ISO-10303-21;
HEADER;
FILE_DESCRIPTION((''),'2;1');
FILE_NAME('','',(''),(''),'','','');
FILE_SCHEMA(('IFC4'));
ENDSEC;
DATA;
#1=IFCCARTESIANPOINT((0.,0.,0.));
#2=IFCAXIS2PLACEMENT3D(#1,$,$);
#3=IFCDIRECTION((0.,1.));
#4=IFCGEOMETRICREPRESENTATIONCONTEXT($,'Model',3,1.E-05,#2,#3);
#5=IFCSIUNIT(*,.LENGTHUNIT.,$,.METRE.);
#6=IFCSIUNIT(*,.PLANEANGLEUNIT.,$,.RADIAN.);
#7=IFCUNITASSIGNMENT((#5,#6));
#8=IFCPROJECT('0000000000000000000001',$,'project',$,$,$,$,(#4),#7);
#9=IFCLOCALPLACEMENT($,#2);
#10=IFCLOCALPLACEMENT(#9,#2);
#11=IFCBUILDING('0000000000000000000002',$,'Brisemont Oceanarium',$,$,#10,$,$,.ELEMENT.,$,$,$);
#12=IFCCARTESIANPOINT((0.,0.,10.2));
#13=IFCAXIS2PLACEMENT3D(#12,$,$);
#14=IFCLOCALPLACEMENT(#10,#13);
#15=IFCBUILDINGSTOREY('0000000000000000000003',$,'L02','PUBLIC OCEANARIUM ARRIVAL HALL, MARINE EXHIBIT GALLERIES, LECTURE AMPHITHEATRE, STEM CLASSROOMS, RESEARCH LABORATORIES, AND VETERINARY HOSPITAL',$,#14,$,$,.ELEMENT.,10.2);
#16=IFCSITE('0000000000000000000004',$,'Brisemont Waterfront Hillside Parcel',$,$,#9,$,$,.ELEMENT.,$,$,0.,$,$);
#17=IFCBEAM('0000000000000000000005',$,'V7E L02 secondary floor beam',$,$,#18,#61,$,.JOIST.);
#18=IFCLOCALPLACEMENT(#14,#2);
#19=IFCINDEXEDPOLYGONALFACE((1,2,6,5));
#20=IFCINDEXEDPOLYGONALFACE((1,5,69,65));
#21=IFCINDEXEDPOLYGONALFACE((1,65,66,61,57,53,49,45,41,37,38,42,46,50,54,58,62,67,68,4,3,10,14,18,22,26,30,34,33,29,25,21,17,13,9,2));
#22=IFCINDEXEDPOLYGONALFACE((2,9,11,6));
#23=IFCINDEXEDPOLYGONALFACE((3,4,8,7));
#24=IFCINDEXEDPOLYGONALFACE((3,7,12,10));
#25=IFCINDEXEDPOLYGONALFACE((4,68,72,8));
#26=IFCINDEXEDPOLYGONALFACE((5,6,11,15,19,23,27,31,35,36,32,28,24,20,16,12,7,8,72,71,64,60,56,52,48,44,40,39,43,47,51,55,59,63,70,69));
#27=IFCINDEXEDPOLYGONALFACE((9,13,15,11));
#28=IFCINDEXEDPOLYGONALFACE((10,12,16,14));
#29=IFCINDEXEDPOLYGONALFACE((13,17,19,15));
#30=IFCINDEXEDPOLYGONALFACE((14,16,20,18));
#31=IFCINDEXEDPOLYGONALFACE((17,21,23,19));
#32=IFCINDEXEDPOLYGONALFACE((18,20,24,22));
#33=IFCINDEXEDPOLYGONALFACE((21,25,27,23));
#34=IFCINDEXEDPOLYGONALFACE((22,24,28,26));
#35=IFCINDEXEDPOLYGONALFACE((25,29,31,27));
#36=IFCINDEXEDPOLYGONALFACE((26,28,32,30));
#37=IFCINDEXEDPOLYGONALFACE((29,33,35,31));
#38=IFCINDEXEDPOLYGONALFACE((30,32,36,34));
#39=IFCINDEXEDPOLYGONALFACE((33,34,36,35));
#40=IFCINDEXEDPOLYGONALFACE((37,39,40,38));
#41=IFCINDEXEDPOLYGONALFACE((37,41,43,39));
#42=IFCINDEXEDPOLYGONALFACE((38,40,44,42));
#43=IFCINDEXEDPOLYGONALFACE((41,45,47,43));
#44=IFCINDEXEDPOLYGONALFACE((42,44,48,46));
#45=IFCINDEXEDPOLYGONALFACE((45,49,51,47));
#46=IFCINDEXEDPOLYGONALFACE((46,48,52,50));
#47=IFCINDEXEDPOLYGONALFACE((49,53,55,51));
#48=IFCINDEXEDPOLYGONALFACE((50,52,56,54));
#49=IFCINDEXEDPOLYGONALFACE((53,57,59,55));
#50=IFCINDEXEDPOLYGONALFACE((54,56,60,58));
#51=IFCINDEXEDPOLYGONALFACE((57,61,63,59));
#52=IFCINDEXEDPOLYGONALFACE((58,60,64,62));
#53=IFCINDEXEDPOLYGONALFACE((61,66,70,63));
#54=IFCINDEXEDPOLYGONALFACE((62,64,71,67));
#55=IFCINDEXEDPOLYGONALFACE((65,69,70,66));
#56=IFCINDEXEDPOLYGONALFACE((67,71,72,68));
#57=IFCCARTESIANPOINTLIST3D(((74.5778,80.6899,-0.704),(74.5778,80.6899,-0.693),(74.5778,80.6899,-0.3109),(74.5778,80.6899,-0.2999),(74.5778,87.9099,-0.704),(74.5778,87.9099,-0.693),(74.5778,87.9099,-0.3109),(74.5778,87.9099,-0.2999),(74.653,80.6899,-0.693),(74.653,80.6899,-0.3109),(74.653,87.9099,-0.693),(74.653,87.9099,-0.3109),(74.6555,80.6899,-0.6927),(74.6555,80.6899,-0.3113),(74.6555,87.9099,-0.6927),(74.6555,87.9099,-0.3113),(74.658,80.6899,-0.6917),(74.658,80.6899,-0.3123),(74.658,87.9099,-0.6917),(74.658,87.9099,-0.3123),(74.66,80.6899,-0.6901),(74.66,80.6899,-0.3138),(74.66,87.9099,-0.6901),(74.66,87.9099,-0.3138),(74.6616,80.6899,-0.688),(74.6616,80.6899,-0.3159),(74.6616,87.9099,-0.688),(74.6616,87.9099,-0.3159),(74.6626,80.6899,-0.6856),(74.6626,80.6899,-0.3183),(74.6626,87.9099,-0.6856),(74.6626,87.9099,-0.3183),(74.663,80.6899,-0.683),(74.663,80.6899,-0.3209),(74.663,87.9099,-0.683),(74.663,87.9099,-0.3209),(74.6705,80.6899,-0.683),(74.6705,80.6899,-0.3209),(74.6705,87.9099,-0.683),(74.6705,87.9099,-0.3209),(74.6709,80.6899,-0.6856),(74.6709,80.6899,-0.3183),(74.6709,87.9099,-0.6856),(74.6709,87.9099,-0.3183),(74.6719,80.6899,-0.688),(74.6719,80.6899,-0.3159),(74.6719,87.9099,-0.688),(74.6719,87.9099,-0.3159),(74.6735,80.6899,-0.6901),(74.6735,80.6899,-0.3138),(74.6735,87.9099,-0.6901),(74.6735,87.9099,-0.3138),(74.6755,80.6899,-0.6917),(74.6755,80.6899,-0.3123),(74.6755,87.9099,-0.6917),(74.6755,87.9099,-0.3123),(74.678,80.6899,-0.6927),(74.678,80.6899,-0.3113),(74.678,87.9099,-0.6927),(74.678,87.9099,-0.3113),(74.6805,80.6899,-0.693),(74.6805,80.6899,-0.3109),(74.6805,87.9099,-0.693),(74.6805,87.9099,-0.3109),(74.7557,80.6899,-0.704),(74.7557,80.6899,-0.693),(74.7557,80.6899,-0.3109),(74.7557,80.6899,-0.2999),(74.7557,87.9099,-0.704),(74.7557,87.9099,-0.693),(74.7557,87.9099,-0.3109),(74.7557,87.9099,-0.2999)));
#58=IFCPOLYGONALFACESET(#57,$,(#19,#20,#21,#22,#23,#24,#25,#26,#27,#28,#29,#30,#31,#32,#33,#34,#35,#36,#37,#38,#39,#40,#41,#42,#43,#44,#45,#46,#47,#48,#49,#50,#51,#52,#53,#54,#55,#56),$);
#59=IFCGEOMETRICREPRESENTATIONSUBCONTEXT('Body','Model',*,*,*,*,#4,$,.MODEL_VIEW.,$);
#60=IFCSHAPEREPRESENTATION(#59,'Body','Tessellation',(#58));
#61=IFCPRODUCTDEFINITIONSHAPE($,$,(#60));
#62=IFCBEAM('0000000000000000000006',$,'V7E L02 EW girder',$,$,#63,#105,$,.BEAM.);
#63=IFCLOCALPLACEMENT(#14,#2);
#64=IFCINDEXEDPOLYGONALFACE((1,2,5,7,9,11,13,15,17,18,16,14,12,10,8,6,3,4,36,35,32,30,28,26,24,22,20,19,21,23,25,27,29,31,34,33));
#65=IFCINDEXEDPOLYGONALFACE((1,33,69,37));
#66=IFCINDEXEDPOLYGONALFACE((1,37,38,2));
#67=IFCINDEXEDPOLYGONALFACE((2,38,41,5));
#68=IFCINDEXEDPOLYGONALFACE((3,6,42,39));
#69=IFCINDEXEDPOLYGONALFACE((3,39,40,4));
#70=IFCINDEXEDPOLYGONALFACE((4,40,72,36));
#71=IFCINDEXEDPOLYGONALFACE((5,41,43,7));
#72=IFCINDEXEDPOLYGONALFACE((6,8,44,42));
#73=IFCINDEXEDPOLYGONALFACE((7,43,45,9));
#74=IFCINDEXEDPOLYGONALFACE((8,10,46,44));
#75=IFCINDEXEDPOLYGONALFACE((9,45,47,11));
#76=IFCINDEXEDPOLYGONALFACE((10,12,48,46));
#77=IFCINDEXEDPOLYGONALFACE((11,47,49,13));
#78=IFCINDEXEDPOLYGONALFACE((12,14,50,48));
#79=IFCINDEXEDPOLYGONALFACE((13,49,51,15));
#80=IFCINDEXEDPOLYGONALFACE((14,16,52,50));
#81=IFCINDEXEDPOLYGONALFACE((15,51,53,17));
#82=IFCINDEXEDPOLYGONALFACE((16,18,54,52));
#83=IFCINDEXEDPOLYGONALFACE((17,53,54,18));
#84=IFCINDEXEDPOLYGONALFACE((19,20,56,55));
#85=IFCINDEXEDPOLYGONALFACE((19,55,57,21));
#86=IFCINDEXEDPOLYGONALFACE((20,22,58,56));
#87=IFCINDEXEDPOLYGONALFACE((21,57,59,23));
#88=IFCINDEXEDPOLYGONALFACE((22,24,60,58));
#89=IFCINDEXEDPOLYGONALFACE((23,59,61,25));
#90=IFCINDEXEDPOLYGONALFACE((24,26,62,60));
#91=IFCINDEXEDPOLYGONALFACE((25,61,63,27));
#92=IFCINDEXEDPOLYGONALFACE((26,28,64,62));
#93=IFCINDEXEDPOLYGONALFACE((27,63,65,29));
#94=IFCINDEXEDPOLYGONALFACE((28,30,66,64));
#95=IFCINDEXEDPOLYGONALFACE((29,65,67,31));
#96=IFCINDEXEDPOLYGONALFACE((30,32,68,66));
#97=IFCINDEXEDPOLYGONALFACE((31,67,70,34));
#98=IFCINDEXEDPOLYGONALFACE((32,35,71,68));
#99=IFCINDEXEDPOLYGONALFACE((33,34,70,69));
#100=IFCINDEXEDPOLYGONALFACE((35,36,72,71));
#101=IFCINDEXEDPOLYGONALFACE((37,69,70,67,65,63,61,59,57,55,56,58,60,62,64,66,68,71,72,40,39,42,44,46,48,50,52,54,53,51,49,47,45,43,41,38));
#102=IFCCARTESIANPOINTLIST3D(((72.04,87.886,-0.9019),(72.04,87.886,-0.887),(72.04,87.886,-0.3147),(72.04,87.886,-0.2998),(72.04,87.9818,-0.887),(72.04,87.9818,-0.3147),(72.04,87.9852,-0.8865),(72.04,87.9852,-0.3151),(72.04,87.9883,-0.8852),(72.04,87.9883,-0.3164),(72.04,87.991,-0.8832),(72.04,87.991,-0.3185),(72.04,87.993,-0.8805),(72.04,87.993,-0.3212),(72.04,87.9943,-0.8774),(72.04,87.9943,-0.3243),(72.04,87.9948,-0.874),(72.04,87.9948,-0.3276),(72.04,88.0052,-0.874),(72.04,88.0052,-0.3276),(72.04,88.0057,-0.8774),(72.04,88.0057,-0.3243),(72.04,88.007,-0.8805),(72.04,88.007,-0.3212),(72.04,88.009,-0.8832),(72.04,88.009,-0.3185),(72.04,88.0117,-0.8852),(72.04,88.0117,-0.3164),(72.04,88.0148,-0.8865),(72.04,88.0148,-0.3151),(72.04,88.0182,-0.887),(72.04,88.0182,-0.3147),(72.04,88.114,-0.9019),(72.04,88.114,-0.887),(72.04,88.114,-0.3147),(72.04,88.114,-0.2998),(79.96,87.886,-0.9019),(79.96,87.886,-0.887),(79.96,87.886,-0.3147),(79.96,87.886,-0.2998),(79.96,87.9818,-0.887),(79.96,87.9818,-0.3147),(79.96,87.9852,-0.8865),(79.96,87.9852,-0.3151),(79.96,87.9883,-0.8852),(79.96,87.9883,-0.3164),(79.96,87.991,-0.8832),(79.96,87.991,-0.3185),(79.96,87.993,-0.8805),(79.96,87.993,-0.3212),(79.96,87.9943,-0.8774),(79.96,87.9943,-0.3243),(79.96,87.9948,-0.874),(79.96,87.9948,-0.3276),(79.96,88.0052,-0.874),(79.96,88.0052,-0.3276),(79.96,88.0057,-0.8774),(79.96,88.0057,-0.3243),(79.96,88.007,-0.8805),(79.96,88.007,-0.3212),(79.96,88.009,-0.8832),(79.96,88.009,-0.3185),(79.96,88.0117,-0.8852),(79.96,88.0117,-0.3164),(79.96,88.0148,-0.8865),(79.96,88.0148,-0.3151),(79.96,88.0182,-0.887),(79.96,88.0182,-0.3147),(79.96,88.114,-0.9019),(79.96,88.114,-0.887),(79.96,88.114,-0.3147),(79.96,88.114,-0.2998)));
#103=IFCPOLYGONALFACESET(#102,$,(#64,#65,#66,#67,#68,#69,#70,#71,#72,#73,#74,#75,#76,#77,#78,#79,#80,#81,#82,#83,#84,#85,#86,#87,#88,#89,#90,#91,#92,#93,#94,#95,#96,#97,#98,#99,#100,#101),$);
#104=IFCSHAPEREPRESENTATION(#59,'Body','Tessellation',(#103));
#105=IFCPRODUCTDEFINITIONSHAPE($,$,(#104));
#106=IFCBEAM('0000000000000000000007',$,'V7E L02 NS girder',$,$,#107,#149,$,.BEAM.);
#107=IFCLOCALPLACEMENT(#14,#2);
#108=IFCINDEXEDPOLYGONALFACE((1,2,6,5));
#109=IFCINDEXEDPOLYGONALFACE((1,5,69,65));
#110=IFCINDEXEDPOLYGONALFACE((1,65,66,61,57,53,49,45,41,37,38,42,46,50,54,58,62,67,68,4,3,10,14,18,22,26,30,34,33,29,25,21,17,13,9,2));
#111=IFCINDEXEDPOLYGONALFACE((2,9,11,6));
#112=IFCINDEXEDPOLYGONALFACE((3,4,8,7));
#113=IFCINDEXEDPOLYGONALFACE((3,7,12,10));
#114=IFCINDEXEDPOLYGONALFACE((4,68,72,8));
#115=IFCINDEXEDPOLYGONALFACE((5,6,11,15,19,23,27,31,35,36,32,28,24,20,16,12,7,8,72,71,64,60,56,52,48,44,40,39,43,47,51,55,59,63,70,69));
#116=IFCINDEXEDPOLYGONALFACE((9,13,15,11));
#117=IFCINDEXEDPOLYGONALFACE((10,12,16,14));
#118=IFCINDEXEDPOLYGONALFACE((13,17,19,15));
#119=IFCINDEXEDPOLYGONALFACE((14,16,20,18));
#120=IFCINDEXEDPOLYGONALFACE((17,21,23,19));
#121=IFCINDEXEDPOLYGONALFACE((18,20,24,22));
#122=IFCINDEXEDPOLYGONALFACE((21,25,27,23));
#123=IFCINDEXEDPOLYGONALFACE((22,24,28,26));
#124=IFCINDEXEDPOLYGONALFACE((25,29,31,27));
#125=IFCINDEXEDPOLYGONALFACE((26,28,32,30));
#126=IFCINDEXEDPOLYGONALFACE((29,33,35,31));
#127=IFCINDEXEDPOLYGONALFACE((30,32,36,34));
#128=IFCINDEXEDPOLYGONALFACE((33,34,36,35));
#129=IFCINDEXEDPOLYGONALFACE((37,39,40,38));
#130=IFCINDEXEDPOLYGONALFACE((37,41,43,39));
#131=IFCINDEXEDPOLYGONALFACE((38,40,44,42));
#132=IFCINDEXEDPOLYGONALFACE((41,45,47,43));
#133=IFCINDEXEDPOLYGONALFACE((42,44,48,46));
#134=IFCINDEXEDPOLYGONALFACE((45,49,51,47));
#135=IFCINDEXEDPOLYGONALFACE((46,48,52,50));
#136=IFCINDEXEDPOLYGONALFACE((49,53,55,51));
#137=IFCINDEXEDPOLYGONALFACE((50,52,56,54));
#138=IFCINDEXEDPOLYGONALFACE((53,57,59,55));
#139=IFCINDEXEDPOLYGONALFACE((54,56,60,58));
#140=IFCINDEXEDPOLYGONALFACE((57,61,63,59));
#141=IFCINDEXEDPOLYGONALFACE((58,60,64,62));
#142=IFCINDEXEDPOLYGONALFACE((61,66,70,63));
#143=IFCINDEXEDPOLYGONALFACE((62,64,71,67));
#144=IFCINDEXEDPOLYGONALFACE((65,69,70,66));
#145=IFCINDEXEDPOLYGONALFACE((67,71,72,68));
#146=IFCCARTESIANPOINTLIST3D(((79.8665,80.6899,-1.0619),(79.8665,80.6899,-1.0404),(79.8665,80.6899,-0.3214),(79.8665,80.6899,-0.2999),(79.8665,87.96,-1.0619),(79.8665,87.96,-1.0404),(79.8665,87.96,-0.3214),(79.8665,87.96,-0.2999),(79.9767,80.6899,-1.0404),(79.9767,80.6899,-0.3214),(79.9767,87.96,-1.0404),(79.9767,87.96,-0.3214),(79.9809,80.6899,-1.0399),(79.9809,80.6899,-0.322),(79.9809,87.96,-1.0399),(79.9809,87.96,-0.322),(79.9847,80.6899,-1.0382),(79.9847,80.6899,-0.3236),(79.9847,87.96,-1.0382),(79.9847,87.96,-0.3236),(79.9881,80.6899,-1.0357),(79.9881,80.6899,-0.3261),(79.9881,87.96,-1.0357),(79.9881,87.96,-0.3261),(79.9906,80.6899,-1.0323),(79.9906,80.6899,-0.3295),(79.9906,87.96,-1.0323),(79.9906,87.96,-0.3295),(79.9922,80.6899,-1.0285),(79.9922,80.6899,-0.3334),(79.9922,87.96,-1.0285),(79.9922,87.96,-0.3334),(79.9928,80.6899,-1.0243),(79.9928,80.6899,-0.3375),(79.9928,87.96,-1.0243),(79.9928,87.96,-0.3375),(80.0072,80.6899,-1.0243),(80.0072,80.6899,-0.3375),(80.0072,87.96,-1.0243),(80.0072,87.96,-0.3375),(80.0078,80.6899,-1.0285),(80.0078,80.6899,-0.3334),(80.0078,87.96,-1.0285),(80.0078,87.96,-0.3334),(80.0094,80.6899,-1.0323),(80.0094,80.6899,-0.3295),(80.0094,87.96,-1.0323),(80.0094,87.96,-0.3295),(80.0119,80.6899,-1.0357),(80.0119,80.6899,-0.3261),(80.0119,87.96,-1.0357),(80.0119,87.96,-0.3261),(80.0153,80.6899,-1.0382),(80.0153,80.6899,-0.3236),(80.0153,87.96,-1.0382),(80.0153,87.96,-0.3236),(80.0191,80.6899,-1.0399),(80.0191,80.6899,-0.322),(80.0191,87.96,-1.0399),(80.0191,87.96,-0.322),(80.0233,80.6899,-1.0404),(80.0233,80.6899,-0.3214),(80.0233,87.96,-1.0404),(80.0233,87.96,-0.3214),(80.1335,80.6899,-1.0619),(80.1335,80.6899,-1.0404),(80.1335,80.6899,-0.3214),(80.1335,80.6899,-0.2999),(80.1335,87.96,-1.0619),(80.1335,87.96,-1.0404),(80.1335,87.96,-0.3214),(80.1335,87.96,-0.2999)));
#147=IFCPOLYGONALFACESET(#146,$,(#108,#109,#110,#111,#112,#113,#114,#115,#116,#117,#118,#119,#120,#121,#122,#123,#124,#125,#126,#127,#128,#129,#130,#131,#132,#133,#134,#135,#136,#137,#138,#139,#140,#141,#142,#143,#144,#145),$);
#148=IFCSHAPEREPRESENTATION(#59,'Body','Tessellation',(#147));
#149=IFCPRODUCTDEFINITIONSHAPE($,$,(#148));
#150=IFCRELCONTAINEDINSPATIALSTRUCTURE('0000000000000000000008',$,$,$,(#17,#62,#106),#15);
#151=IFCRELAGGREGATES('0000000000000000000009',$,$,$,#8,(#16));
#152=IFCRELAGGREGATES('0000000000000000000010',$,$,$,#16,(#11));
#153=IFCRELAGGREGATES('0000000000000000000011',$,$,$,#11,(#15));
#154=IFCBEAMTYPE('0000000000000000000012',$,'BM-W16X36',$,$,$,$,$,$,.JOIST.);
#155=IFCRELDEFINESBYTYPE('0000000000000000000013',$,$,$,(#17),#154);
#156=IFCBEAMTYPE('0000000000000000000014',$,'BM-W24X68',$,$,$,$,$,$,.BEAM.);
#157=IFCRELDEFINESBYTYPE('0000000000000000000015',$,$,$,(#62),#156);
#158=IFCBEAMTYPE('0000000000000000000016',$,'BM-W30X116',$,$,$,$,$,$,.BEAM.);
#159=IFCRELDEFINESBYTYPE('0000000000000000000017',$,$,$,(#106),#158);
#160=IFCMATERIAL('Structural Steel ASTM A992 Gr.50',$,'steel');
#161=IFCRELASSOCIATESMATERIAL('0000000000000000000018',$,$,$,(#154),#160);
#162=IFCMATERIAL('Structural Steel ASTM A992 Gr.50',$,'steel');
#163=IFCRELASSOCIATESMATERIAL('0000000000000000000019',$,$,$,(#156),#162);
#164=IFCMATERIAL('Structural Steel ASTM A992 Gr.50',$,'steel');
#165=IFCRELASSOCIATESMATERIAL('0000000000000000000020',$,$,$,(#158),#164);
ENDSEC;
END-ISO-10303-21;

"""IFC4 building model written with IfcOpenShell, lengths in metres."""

from ifc_helpers import new_model, si_unit, direction, frame, origin, origin_2d, place, context, subcontext, project, spatial, i_section, extrude, material, material_profile, profile_set, type_object, element, save


model = new_model("IFC4")

# Units and contexts
model_context = context("Model", 3, precision=1e-05, world=origin(), true_north=direction((0.0, 1.0)))
body_context = subcontext(model_context, "Body", "Model", "MODEL_VIEW")
ifc_project = project(units=[si_unit("LENGTHUNIT", "METRE"), si_unit("PLANEANGLEUNIT", "RADIAN")], contexts=[model_context])

# Site, building, storey
site_placement = place(None, origin())
site = spatial("IfcSite", under=ifc_project, at=site_placement, Name="Brisemont Waterfront Hillside Parcel", CompositionType="ELEMENT", RefElevation=0.0)
building_placement = place(site_placement, origin())
building = spatial("IfcBuilding", under=site, at=building_placement, Name="Brisemont Oceanarium", CompositionType="ELEMENT")
storey_placement = place(building_placement, frame((0.0, 0.0, 10.2)))
storey = spatial("IfcBuildingStorey", under=building, at=storey_placement, Name="L02", Description="PUBLIC OCEANARIUM ARRIVAL HALL, MARINE EXHIBIT GALLERIES, LECTURE AMPHITHEATRE, STEM CLASSROOMS, RESEARCH LABORATORIES, AND VETERINARY HOSPITAL", CompositionType="ELEMENT", Elevation=10.2)

# Beams
ifc_material_1 = material(Name="Structural Steel ASTM A992 Gr.50", Category="steel")
ifc_material_profile_1 = material_profile(ifc_material_1, i_section(OverallWidth=0.178, OverallDepth=0.4041, WebThickness=0.0076, FlangeThickness=0.011, FilletRadius=0.01, at=origin_2d()), Name="W16X36")
ifc_profile_set_1 = profile_set([ifc_material_profile_1], Name="Structural Steel ASTM A992 Gr.50")
beam_type_1 = type_object("IfcBeamType", Name="BM-W16X36", PredefinedType="JOIST", material=ifc_profile_set_1)
beam_1_placement = place(storey_placement, frame((74.6667, 80.6899, -0.502), z_axis=(0.0, 1.0, 0.0), x_axis=(-1.0, 0.0, 0.0)))
element("IfcBeam", 1, at=beam_1_placement, inside=storey, type_object=beam_type_1, Name="V7E L02 secondary floor beam", PredefinedType="JOIST", context=body_context, shape_type="SweptSolid", body=[
    extrude(i_section(OverallWidth=0.178, OverallDepth=0.4041, WebThickness=0.0076, FlangeThickness=0.011, FilletRadius=0.01, at=origin_2d()), origin(), (0.0, 0.0, 1.0), 7.22),
])
ifc_material_2 = material(Name="Structural Steel ASTM A992 Gr.50", Category="steel")
ifc_material_profile_2 = material_profile(ifc_material_2, i_section(OverallWidth=0.228, OverallDepth=0.6021, WebThickness=0.0105, FlangeThickness=0.0149, FilletRadius=0.0129, at=origin_2d()), Name="W24X68")
ifc_profile_set_2 = profile_set([ifc_material_profile_2], Name="Structural Steel ASTM A992 Gr.50")
beam_type_2 = type_object("IfcBeamType", Name="BM-W24X68", PredefinedType="BEAM", material=ifc_profile_set_2)
beam_2_placement = place(storey_placement, frame((72.04, 88.0, -0.6008), z_axis=(1.0, 0.0, 0.0), x_axis=(0.0, 1.0, 0.0)))
element("IfcBeam", 2, at=beam_2_placement, inside=storey, type_object=beam_type_2, Name="V7E L02 EW girder", PredefinedType="BEAM", context=body_context, shape_type="SweptSolid", body=[
    extrude(i_section(OverallWidth=0.228, OverallDepth=0.6021, WebThickness=0.0105, FlangeThickness=0.0149, FilletRadius=0.0129, at=origin_2d()), origin(), (0.0, 0.0, 1.0), 7.9199),
])
ifc_material_3 = material(Name="Structural Steel ASTM A992 Gr.50", Category="steel")
ifc_material_profile_3 = material_profile(ifc_material_3, i_section(OverallWidth=0.2671, OverallDepth=0.762, WebThickness=0.0144, FlangeThickness=0.0215, FilletRadius=0.0161, at=origin_2d()), Name="W30X116")
ifc_profile_set_3 = profile_set([ifc_material_profile_3], Name="Structural Steel ASTM A992 Gr.50")
beam_type_3 = type_object("IfcBeamType", Name="BM-W30X116", PredefinedType="BEAM", material=ifc_profile_set_3)
beam_3_placement = place(storey_placement, frame((80.0, 80.6899, -0.6809), z_axis=(0.0, 1.0, 0.0), x_axis=(-1.0, 0.0, 0.0)))
element("IfcBeam", 3, at=beam_3_placement, inside=storey, type_object=beam_type_3, Name="V7E L02 NS girder", PredefinedType="BEAM", context=body_context, shape_type="SweptSolid", body=[
    extrude(i_section(OverallWidth=0.2671, OverallDepth=0.762, WebThickness=0.0144, FlangeThickness=0.0215, FilletRadius=0.0161, at=origin_2d()), origin(), (0.0, 0.0, 1.0), 7.27),
])

save(model, "model.ifc")
